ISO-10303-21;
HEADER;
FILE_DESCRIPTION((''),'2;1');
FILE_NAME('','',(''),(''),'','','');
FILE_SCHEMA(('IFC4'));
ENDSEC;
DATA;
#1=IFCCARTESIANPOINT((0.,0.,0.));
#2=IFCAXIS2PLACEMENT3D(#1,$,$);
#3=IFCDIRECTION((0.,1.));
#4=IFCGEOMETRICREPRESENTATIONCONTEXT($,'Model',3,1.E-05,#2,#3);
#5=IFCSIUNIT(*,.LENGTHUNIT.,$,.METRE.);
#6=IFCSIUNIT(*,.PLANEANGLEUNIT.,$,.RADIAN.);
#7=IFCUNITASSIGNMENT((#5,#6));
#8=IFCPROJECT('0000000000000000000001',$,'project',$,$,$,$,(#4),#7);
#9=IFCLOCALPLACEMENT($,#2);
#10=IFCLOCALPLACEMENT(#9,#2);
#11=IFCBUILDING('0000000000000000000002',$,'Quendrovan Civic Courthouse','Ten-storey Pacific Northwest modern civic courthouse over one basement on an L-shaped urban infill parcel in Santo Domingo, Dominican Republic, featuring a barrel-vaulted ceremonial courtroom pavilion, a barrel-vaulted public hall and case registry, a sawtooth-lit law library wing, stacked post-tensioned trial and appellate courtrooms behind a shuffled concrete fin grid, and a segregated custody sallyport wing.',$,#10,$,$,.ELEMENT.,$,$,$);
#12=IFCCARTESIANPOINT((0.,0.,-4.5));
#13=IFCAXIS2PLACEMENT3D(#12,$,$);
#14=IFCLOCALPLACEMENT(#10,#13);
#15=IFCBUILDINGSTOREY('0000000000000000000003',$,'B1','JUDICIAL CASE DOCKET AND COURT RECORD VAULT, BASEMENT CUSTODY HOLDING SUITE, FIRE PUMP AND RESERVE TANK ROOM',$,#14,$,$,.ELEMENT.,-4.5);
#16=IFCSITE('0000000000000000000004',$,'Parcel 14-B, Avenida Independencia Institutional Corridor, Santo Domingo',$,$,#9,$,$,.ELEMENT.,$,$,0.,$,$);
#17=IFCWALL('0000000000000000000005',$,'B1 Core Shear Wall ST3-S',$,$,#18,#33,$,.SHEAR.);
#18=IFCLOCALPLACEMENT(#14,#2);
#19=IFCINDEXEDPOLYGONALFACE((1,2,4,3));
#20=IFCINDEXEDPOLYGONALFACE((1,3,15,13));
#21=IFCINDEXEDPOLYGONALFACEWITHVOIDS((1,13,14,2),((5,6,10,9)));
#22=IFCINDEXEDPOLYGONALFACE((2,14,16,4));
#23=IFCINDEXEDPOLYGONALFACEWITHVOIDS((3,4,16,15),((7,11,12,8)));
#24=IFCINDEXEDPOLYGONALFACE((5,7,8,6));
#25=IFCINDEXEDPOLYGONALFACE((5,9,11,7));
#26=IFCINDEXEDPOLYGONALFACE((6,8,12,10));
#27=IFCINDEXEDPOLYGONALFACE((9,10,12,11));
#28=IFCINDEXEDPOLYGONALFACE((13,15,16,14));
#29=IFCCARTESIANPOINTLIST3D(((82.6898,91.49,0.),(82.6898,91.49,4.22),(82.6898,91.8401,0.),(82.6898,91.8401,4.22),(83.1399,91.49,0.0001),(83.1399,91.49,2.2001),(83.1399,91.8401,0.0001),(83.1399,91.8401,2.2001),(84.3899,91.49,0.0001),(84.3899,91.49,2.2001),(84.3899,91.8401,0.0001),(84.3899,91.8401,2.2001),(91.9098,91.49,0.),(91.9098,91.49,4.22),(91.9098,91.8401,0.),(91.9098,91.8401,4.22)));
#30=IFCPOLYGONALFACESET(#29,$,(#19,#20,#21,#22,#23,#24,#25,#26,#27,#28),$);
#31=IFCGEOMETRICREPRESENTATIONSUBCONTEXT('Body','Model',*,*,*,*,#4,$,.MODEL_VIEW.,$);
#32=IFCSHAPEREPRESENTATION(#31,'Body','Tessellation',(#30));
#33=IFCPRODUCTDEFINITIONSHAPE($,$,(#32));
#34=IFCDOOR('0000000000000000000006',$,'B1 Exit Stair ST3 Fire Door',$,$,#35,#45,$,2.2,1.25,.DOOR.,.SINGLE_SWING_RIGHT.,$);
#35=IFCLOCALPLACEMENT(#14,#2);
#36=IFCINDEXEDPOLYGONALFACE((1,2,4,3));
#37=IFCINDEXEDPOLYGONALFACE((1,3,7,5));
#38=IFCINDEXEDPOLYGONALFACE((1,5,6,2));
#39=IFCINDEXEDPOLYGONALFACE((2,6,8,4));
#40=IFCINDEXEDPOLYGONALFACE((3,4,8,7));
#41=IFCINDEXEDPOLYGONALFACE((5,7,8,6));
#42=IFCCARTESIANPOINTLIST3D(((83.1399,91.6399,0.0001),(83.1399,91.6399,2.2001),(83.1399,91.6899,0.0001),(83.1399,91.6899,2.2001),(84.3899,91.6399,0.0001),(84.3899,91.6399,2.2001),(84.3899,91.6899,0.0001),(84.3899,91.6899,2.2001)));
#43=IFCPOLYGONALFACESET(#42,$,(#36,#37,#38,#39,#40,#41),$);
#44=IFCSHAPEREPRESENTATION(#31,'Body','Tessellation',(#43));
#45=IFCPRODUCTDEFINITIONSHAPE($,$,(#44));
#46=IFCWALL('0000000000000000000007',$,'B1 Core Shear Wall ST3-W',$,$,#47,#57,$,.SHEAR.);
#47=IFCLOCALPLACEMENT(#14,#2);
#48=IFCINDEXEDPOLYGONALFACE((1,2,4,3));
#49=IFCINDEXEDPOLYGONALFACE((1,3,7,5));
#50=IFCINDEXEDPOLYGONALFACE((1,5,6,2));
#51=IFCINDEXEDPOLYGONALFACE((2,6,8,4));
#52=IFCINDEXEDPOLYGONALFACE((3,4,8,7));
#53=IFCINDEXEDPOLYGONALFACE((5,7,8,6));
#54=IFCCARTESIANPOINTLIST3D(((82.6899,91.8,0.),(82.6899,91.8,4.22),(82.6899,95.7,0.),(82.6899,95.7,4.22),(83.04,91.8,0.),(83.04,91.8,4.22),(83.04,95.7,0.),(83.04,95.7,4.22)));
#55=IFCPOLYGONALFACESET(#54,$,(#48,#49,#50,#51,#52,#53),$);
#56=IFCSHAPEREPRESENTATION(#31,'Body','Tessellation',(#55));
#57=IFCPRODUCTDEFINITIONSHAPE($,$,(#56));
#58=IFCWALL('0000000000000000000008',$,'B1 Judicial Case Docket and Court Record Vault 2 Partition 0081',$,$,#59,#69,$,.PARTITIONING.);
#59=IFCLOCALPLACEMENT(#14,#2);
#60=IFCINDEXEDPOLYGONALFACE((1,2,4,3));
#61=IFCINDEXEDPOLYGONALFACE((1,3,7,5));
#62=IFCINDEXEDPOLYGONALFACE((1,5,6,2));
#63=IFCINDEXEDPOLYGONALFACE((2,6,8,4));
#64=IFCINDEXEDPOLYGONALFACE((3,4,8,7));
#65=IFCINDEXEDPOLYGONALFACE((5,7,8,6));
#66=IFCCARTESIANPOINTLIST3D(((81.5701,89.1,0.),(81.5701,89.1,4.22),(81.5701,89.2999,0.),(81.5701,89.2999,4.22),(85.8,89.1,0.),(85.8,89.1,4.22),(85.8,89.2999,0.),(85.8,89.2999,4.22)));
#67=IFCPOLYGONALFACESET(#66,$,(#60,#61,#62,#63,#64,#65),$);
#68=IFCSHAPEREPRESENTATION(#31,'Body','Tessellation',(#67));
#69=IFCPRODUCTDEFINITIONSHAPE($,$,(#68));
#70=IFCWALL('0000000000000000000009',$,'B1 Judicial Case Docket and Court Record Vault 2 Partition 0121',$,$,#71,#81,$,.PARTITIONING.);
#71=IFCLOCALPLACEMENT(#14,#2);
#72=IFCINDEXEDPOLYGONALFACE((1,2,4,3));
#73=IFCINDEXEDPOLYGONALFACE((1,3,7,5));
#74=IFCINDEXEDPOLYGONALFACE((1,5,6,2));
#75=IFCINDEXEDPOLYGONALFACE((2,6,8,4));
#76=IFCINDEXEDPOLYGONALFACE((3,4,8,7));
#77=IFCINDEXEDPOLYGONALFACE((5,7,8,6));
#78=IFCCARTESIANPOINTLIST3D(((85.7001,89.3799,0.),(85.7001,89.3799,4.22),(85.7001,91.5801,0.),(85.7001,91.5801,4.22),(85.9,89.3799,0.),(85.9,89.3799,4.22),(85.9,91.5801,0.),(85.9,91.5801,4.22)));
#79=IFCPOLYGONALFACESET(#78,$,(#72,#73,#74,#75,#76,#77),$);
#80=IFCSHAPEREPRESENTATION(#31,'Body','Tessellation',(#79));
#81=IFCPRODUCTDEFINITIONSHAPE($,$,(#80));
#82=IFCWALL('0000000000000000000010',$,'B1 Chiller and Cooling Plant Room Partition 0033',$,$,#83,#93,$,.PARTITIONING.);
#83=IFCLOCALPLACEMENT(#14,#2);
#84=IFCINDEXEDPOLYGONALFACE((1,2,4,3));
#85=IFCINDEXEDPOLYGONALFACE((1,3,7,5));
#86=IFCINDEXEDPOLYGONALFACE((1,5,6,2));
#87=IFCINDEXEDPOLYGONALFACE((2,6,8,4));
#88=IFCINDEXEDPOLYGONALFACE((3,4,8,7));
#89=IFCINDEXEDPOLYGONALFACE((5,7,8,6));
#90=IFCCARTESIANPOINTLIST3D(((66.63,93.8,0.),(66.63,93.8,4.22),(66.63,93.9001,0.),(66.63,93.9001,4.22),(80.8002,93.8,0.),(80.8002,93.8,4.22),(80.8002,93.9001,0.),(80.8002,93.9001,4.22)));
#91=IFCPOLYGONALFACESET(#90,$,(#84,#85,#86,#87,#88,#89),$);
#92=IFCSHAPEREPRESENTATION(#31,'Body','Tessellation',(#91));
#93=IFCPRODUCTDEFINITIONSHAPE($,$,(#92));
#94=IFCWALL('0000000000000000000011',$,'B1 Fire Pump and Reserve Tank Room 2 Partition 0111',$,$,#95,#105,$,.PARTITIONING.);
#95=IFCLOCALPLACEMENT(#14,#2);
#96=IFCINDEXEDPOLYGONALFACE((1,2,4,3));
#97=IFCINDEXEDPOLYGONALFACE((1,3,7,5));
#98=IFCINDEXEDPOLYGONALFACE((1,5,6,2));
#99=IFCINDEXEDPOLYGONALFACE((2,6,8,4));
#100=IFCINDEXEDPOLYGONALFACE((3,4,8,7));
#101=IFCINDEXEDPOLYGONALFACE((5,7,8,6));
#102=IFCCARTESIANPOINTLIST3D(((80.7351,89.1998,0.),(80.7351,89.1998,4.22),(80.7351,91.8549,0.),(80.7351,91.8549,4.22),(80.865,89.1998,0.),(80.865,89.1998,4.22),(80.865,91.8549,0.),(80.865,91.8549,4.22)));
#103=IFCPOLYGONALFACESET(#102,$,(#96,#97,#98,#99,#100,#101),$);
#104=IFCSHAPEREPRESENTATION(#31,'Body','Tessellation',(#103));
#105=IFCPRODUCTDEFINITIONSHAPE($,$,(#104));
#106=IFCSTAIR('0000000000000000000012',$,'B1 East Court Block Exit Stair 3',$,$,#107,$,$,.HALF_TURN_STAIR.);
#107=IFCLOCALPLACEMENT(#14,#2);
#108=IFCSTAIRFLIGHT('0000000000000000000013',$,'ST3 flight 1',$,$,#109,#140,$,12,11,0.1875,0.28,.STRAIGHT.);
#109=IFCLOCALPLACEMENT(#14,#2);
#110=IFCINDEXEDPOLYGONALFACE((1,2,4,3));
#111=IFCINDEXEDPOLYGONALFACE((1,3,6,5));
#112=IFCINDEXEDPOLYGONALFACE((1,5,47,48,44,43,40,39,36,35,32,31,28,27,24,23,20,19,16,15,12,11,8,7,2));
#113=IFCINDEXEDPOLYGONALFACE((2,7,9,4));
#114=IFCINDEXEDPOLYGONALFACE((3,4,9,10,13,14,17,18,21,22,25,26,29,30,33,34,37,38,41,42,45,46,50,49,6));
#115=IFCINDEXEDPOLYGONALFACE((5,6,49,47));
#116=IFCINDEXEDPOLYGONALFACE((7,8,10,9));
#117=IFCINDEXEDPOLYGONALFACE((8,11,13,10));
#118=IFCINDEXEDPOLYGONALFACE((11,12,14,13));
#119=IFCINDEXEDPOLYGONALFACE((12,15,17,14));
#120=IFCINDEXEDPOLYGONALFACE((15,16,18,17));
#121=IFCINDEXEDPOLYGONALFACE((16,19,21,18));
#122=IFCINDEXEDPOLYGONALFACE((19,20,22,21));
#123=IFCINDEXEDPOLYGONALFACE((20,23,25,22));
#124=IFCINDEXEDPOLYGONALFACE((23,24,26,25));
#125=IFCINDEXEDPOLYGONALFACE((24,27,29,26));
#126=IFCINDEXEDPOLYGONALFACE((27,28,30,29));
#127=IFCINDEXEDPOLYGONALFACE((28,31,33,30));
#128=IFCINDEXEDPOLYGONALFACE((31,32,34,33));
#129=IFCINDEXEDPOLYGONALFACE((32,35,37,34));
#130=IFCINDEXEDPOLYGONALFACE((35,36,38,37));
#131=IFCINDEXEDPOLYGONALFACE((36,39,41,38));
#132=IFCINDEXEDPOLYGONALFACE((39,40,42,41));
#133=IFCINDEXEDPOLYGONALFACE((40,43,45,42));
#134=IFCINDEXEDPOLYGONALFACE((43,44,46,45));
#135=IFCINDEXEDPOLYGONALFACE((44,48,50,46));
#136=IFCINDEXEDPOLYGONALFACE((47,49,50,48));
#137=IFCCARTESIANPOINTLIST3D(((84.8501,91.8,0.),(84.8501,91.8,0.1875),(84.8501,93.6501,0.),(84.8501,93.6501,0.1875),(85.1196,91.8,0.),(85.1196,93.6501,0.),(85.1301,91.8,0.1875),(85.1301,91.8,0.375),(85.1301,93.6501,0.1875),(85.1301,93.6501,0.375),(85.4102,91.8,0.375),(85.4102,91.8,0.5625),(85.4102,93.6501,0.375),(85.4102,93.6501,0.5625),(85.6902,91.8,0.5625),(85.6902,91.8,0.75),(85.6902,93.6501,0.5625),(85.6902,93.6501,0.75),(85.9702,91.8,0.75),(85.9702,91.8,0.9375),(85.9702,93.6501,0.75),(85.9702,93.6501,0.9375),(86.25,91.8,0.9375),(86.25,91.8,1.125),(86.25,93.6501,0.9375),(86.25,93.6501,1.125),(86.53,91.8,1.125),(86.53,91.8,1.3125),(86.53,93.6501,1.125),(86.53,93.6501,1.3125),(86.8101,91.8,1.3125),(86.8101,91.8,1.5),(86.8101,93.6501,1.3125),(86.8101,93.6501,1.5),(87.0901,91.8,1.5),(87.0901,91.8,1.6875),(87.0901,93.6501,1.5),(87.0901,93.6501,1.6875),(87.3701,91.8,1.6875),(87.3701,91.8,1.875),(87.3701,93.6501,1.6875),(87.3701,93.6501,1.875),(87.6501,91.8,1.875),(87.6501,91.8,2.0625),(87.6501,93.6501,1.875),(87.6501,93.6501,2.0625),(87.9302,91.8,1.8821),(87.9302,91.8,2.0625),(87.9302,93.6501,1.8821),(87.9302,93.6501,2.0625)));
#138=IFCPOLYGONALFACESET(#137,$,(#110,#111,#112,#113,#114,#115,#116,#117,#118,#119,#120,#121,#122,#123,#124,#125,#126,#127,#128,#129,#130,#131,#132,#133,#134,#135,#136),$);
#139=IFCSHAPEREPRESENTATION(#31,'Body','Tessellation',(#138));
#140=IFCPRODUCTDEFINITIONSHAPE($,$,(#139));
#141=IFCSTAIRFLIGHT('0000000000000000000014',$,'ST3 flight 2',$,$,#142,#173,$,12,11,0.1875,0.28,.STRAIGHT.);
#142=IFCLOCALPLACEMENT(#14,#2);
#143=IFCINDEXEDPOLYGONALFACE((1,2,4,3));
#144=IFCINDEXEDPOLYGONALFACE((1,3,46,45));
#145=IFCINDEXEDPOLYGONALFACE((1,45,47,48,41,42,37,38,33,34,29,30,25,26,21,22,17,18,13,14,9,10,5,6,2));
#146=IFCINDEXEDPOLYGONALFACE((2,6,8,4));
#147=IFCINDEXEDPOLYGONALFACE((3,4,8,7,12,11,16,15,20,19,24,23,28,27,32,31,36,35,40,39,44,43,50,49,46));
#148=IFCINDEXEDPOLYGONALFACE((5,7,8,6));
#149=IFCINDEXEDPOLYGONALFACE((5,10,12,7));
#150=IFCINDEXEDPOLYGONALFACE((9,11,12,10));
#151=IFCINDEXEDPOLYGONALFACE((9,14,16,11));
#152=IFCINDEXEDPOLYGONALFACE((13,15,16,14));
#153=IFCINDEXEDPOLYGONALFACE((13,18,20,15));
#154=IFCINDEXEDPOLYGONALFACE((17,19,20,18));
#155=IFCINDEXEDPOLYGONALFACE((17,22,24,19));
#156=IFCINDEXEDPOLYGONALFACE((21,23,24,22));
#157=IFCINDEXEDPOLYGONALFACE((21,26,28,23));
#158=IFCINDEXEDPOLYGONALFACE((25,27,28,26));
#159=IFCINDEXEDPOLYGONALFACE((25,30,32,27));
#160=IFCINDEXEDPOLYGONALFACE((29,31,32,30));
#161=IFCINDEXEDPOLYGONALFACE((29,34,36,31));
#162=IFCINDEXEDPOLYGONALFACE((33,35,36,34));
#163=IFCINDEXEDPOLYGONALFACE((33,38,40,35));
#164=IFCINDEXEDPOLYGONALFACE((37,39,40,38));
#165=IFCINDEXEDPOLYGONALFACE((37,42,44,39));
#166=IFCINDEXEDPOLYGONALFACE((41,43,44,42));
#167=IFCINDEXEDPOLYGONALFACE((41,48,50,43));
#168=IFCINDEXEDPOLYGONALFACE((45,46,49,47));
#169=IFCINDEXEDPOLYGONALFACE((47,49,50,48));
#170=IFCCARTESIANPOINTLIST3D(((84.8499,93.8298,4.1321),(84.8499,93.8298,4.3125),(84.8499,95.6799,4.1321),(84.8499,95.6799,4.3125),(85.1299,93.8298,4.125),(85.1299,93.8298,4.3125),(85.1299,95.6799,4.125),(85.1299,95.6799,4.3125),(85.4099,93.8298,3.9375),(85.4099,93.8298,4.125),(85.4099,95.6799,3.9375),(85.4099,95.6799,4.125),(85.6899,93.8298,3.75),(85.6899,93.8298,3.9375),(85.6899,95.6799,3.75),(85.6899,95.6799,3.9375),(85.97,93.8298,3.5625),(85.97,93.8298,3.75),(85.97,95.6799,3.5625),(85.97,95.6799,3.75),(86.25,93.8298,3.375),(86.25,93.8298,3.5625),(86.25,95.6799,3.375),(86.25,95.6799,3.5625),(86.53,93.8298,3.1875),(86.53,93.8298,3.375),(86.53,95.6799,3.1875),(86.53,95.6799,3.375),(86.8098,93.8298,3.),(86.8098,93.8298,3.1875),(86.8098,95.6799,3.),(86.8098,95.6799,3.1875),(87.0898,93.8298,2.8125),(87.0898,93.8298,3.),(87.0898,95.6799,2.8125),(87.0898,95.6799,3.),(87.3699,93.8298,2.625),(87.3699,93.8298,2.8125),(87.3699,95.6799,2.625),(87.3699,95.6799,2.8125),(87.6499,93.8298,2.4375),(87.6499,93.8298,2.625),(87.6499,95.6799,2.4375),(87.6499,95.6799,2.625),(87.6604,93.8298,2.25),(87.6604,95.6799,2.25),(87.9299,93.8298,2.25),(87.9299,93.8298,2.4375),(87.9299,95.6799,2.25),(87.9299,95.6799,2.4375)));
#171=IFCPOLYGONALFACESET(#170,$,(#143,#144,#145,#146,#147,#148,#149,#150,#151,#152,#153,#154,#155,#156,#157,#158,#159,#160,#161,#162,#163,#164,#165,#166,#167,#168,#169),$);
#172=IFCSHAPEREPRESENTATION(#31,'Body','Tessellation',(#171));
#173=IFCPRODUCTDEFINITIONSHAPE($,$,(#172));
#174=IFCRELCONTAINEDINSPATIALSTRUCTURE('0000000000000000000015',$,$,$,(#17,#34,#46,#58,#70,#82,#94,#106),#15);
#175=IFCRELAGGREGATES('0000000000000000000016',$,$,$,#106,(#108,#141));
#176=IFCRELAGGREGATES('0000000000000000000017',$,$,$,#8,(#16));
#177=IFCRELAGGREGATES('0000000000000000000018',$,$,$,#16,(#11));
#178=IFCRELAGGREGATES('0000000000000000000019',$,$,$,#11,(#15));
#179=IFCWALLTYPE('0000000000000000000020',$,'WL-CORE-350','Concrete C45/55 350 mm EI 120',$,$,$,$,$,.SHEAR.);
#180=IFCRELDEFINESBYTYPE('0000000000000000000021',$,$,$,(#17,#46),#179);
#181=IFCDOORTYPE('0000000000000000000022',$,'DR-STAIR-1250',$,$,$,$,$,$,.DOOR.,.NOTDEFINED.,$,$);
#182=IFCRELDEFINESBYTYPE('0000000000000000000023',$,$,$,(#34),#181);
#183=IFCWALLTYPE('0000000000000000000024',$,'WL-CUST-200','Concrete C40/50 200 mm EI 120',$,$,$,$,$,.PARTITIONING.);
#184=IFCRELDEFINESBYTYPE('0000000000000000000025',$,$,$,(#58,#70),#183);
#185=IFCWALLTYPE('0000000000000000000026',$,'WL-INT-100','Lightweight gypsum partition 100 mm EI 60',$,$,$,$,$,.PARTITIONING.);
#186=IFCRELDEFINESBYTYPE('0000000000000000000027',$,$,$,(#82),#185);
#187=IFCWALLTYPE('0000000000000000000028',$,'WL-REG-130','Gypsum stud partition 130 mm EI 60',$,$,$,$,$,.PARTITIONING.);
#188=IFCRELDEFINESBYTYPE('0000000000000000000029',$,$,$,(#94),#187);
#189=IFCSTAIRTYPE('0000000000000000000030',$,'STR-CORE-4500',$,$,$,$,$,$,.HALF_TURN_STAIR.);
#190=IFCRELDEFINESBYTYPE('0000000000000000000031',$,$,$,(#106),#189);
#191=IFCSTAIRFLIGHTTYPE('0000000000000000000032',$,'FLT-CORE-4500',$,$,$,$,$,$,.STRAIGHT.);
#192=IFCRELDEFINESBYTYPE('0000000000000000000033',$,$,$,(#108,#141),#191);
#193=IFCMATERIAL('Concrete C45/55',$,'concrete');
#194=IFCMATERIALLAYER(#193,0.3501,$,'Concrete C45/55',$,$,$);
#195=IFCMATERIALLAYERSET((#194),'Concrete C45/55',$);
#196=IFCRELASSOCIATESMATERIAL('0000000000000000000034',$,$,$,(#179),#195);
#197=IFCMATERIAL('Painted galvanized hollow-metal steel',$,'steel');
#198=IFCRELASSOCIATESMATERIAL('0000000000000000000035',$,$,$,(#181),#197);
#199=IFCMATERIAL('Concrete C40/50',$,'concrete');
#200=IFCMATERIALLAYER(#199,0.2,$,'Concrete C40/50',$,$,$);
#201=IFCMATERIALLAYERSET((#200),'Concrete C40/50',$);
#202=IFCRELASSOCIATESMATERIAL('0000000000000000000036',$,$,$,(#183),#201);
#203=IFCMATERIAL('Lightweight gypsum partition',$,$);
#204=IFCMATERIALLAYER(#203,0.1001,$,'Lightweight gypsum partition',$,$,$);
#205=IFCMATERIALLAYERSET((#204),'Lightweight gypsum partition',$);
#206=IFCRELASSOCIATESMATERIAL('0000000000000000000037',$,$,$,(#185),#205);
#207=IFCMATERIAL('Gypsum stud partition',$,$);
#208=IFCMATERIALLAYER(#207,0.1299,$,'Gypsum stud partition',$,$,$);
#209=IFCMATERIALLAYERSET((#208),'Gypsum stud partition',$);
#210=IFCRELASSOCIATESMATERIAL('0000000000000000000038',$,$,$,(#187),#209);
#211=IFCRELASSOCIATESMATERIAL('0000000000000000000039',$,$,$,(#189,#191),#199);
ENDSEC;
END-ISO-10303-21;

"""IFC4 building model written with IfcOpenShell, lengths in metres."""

from ifc_helpers import new_model, si_unit, direction, frame, frame_2d, origin, place, context, subcontext, project, spatial, polyline, rectangle, outline, extrude, material, layer, layer_set, type_object, element, fill, aggregate, save


model = new_model("IFC4")

# Units and contexts
model_context = context("Model", 3, precision=1e-05, world=origin(), true_north=direction((0.0, 1.0)))
body_context = subcontext(model_context, "Body", "Model", "MODEL_VIEW")
ifc_project = project(units=[si_unit("LENGTHUNIT", "METRE"), si_unit("PLANEANGLEUNIT", "RADIAN")], contexts=[model_context])

# Site, building, storey
site_placement = place(None, origin())
site = spatial("IfcSite", under=ifc_project, at=site_placement, Name="Parcel 14-B, Avenida Independencia Institutional Corridor, Santo Domingo", CompositionType="ELEMENT", RefElevation=0.0)
building_placement = place(site_placement, origin())
building = spatial("IfcBuilding", under=site, at=building_placement, Name="Quendrovan Civic Courthouse", Description="Ten-storey Pacific Northwest modern civic courthouse over one basement on an L-shaped urban infill parcel in Santo Domingo, Dominican Republic, featuring a barrel-vaulted ceremonial courtroom pavilion, a barrel-vaulted public hall and case registry, a sawtooth-lit law library wing, stacked post-tensioned trial and appellate courtrooms behind a shuffled concrete fin grid, and a segregated custody sallyport wing.", CompositionType="ELEMENT")
storey_placement = place(building_placement, frame((0.0, 0.0, -4.5)))
storey = spatial("IfcBuildingStorey", under=building, at=storey_placement, Name="B1", Description="JUDICIAL CASE DOCKET AND COURT RECORD VAULT, BASEMENT CUSTODY HOLDING SUITE, FIRE PUMP AND RESERVE TANK ROOM", CompositionType="ELEMENT", Elevation=-4.5)

# Wall, opening, door
ifc_material_1 = material(Name="Concrete C45/55", Category="concrete")
ifc_layer_1 = layer(ifc_material_1, 0.3501, Name="Concrete C45/55")
ifc_layer_set_1 = layer_set([ifc_layer_1], Name="Concrete C45/55")
wall_type_1 = type_object("IfcWallType", Name="WL-CORE-350", Description="Concrete C45/55 350 mm EI 120", PredefinedType="SHEAR", material=ifc_layer_set_1)
wall_1_placement = place(storey_placement, frame((82.6899, 91.665, 0.0), z_axis=(0.0, 0.0, 1.0), x_axis=(1.0, 0.0, 0.0)))
wall_1 = element("IfcWall", 1, at=wall_1_placement, inside=storey, type_object=wall_type_1, Name="B1 Core Shear Wall ST3-S", PredefinedType="SHEAR", context=body_context, shape_type="SweptSolid", body=[
    extrude(rectangle(XDim=9.22, YDim=0.3501, at=frame_2d((4.6099, 0.0))), origin(), (0.0, 0.0, 1.0), 4.22),
])
opening_placement = place(wall_1_placement, frame((0.45, 0.0, 0.0)))
opening = element("IfcOpeningElement", 2, at=opening_placement, cuts=wall_1, PredefinedType="OPENING", context=body_context, shape_type="SweptSolid", body=[
    extrude(rectangle(XDim=1.25, YDim=2.2, at=frame_2d((0.625, 1.1001))), frame((0.0, 0.1851, 0.0), z_axis=(0.0, -1.0, 0.0), x_axis=(1.0, 0.0, 0.0)), (0.0, 0.0, 1.0), 0.3701),
])
ifc_material_2 = material(Name="Painted galvanized hollow-metal steel", Category="steel")
door_type = type_object("IfcDoorType", Name="DR-STAIR-1250", OperationType="NOTDEFINED", PredefinedType="DOOR", material=ifc_material_2)
door_placement = place(opening_placement, origin())
door = element("IfcDoor", 3, at=door_placement, inside=storey, type_object=door_type, Name="B1 Exit Stair ST3 Fire Door", OperationType="SINGLE_SWING_RIGHT", OverallHeight=2.2, OverallWidth=1.25, PredefinedType="DOOR", context=body_context, shape_type="SweptSolid", body=[
    extrude(rectangle(XDim=1.25, YDim=2.2, at=frame_2d((0.625, 1.1001))), frame((0.0, 0.0249, 0.0), z_axis=(0.0, -1.0, 0.0), x_axis=(1.0, 0.0, 0.0)), (0.0, 0.0, 1.0), 0.05),
])
fill(opening, door)

# Walls
wall_2_placement = place(storey_placement, frame((82.865, 91.8, 0.0), z_axis=(0.0, 0.0, 1.0), x_axis=(0.0, 1.0, 0.0)))
element("IfcWall", 4, at=wall_2_placement, inside=storey, type_object=wall_type_1, Name="B1 Core Shear Wall ST3-W", PredefinedType="SHEAR", context=body_context, shape_type="SweptSolid", body=[
    extrude(rectangle(XDim=3.8999, YDim=0.3501, at=frame_2d((1.95, 0.0))), origin(), (0.0, 0.0, 1.0), 4.22),
])
ifc_material_3 = material(Name="Concrete C40/50", Category="concrete")
ifc_layer_2 = layer(ifc_material_3, 0.2, Name="Concrete C40/50")
ifc_layer_set_2 = layer_set([ifc_layer_2], Name="Concrete C40/50")
wall_type_2 = type_object("IfcWallType", Name="WL-CUST-200", Description="Concrete C40/50 200 mm EI 120", PredefinedType="PARTITIONING", material=ifc_layer_set_2)
wall_3_placement = place(storey_placement, frame((81.5701, 89.2, 0.0), z_axis=(0.0, 0.0, 1.0), x_axis=(1.0, 0.0, 0.0)))
element("IfcWall", 5, at=wall_3_placement, inside=storey, type_object=wall_type_2, Name="B1 Judicial Case Docket and Court Record Vault 2 Partition 0081", PredefinedType="PARTITIONING", context=body_context, shape_type="SweptSolid", body=[
    extrude(rectangle(XDim=4.23, YDim=0.2, at=frame_2d((2.115, 0.0))), origin(), (0.0, 0.0, 1.0), 4.22),
])
wall_4_placement = place(storey_placement, frame((85.8, 89.3799, 0.0), z_axis=(0.0, 0.0, 1.0), x_axis=(0.0, 1.0, 0.0)))
element("IfcWall", 6, at=wall_4_placement, inside=storey, type_object=wall_type_2, Name="B1 Judicial Case Docket and Court Record Vault 2 Partition 0121", PredefinedType="PARTITIONING", context=body_context, shape_type="SweptSolid", body=[
    extrude(rectangle(XDim=2.2002, YDim=0.2, at=frame_2d((1.1001, 0.0))), origin(), (0.0, 0.0, 1.0), 4.22),
])
ifc_material_4 = material(Name="Lightweight gypsum partition")
ifc_layer_3 = layer(ifc_material_4, 0.1001, Name="Lightweight gypsum partition")
ifc_layer_set_3 = layer_set([ifc_layer_3], Name="Lightweight gypsum partition")
wall_type_3 = type_object("IfcWallType", Name="WL-INT-100", Description="Lightweight gypsum partition 100 mm EI 60", PredefinedType="PARTITIONING", material=ifc_layer_set_3)
wall_5_placement = place(storey_placement, frame((80.8, 93.8501, 0.0), z_axis=(0.0, 0.0, 1.0), x_axis=(-1.0, 0.0, 0.0)))
element("IfcWall", 7, at=wall_5_placement, inside=storey, type_object=wall_type_3, Name="B1 Chiller and Cooling Plant Room Partition 0033", PredefinedType="PARTITIONING", context=body_context, shape_type="SweptSolid", body=[
    extrude(rectangle(XDim=14.1702, YDim=0.1001, at=frame_2d((7.085, 0.0))), origin(), (0.0, 0.0, 1.0), 4.22),
])
ifc_material_5 = material(Name="Gypsum stud partition")
ifc_layer_4 = layer(ifc_material_5, 0.1299, Name="Gypsum stud partition")
ifc_layer_set_4 = layer_set([ifc_layer_4], Name="Gypsum stud partition")
wall_type_4 = type_object("IfcWallType", Name="WL-REG-130", Description="Gypsum stud partition 130 mm EI 60", PredefinedType="PARTITIONING", material=ifc_layer_set_4)
wall_6_placement = place(storey_placement, frame((80.8, 91.855, 0.0), z_axis=(0.0, 0.0, 1.0), x_axis=(0.0, -1.0, 0.0)))
element("IfcWall", 8, at=wall_6_placement, inside=storey, type_object=wall_type_4, Name="B1 Fire Pump and Reserve Tank Room 2 Partition 0111", PredefinedType="PARTITIONING", context=body_context, shape_type="SweptSolid", body=[
    extrude(rectangle(XDim=2.655, YDim=0.1299, at=frame_2d((1.3276, 0.0))), origin(), (0.0, 0.0, 1.0), 4.22),
])

# Stair, stair flights
stair_type = type_object("IfcStairType", Name="STR-CORE-4500", PredefinedType="HALF_TURN_STAIR", material=ifc_material_3)
stair_placement = place(storey_placement, origin())
stair = element("IfcStair", 9, at=stair_placement, inside=storey, type_object=stair_type, Name="B1 East Court Block Exit Stair 3", PredefinedType="HALF_TURN_STAIR")
stair_flight_type = type_object("IfcStairFlightType", Name="FLT-CORE-4500", PredefinedType="STRAIGHT", material=ifc_material_3)
stair_flight_1_placement = place(storey_placement, frame((84.8501, 92.7251, 0.0), z_axis=(0.0, 0.0, 1.0), x_axis=(1.0, 0.0, 0.0)))
stair_flight_1 = element("IfcStairFlight", 10, at=stair_flight_1_placement, type_object=stair_flight_type, Name="ST3 flight 1", NumberOfRisers=12, NumberOfTreads=11, PredefinedType="STRAIGHT", RiserHeight=0.1875, TreadLength=0.28, context=body_context, shape_type="SweptSolid", body=[
    extrude(outline(polyline([(0.0, 0.0), (0.0, 0.1875), (0.28, 0.1875), (0.28, 0.375), (0.5601, 0.375), (0.5601, 0.5625), (0.8401, 0.5625), (0.8401, 0.75), (1.1201, 0.75), (1.1201, 0.9375), (1.3999, 0.9375), (1.3999, 1.125), (1.6799, 1.125), (1.6799, 1.3125), (1.96, 1.3125), (1.96, 1.5), (2.24, 1.5), (2.24, 1.6875), (2.52, 1.6875), (2.52, 1.875), (2.8, 1.875), (2.8, 2.0625), (3.0801, 2.0625), (3.0801, 2.25), (3.0801, 1.8821), (0.2695, 0.0), (0.0, 0.0)])), frame((0.0, 0.925, 0.0), z_axis=(0.0, -1.0, 0.0), x_axis=(1.0, 0.0, 0.0)), (0.0, 0.0, 1.0), 1.8501),
])
stair_flight_2_placement = place(storey_placement, frame((87.9299, 94.7549, 2.25), z_axis=(0.0, 0.0, 1.0), x_axis=(-1.0, 0.0, 0.0)))
stair_flight_2 = element("IfcStairFlight", 11, at=stair_flight_2_placement, type_object=stair_flight_type, Name="ST3 flight 2", NumberOfRisers=12, NumberOfTreads=11, PredefinedType="STRAIGHT", RiserHeight=0.1875, TreadLength=0.28, context=body_context, shape_type="SweptSolid", body=[
    extrude(outline(polyline([(0.0, 0.0), (0.0, 0.1875), (0.28, 0.1875), (0.28, 0.375), (0.5601, 0.375), (0.5601, 0.5625), (0.8401, 0.5625), (0.8401, 0.75), (1.1201, 0.75), (1.1201, 0.9375), (1.3999, 0.9375), (1.3999, 1.125), (1.6799, 1.125), (1.6799, 1.3125), (1.96, 1.3125), (1.96, 1.5), (2.24, 1.5), (2.24, 1.6875), (2.52, 1.6875), (2.52, 1.875), (2.8, 1.875), (2.8, 2.0625), (3.0801, 2.0625), (3.0801, 2.25), (3.0801, 1.8821), (0.2695, 0.0), (0.0, 0.0)])), frame((0.0, 0.925, 0.0), z_axis=(0.0, -1.0, 0.0), x_axis=(1.0, 0.0, 0.0)), (0.0, 0.0, 1.0), 1.8501),
])
aggregate(stair, [stair_flight_1, stair_flight_2])

save(model, "model.ifc")
